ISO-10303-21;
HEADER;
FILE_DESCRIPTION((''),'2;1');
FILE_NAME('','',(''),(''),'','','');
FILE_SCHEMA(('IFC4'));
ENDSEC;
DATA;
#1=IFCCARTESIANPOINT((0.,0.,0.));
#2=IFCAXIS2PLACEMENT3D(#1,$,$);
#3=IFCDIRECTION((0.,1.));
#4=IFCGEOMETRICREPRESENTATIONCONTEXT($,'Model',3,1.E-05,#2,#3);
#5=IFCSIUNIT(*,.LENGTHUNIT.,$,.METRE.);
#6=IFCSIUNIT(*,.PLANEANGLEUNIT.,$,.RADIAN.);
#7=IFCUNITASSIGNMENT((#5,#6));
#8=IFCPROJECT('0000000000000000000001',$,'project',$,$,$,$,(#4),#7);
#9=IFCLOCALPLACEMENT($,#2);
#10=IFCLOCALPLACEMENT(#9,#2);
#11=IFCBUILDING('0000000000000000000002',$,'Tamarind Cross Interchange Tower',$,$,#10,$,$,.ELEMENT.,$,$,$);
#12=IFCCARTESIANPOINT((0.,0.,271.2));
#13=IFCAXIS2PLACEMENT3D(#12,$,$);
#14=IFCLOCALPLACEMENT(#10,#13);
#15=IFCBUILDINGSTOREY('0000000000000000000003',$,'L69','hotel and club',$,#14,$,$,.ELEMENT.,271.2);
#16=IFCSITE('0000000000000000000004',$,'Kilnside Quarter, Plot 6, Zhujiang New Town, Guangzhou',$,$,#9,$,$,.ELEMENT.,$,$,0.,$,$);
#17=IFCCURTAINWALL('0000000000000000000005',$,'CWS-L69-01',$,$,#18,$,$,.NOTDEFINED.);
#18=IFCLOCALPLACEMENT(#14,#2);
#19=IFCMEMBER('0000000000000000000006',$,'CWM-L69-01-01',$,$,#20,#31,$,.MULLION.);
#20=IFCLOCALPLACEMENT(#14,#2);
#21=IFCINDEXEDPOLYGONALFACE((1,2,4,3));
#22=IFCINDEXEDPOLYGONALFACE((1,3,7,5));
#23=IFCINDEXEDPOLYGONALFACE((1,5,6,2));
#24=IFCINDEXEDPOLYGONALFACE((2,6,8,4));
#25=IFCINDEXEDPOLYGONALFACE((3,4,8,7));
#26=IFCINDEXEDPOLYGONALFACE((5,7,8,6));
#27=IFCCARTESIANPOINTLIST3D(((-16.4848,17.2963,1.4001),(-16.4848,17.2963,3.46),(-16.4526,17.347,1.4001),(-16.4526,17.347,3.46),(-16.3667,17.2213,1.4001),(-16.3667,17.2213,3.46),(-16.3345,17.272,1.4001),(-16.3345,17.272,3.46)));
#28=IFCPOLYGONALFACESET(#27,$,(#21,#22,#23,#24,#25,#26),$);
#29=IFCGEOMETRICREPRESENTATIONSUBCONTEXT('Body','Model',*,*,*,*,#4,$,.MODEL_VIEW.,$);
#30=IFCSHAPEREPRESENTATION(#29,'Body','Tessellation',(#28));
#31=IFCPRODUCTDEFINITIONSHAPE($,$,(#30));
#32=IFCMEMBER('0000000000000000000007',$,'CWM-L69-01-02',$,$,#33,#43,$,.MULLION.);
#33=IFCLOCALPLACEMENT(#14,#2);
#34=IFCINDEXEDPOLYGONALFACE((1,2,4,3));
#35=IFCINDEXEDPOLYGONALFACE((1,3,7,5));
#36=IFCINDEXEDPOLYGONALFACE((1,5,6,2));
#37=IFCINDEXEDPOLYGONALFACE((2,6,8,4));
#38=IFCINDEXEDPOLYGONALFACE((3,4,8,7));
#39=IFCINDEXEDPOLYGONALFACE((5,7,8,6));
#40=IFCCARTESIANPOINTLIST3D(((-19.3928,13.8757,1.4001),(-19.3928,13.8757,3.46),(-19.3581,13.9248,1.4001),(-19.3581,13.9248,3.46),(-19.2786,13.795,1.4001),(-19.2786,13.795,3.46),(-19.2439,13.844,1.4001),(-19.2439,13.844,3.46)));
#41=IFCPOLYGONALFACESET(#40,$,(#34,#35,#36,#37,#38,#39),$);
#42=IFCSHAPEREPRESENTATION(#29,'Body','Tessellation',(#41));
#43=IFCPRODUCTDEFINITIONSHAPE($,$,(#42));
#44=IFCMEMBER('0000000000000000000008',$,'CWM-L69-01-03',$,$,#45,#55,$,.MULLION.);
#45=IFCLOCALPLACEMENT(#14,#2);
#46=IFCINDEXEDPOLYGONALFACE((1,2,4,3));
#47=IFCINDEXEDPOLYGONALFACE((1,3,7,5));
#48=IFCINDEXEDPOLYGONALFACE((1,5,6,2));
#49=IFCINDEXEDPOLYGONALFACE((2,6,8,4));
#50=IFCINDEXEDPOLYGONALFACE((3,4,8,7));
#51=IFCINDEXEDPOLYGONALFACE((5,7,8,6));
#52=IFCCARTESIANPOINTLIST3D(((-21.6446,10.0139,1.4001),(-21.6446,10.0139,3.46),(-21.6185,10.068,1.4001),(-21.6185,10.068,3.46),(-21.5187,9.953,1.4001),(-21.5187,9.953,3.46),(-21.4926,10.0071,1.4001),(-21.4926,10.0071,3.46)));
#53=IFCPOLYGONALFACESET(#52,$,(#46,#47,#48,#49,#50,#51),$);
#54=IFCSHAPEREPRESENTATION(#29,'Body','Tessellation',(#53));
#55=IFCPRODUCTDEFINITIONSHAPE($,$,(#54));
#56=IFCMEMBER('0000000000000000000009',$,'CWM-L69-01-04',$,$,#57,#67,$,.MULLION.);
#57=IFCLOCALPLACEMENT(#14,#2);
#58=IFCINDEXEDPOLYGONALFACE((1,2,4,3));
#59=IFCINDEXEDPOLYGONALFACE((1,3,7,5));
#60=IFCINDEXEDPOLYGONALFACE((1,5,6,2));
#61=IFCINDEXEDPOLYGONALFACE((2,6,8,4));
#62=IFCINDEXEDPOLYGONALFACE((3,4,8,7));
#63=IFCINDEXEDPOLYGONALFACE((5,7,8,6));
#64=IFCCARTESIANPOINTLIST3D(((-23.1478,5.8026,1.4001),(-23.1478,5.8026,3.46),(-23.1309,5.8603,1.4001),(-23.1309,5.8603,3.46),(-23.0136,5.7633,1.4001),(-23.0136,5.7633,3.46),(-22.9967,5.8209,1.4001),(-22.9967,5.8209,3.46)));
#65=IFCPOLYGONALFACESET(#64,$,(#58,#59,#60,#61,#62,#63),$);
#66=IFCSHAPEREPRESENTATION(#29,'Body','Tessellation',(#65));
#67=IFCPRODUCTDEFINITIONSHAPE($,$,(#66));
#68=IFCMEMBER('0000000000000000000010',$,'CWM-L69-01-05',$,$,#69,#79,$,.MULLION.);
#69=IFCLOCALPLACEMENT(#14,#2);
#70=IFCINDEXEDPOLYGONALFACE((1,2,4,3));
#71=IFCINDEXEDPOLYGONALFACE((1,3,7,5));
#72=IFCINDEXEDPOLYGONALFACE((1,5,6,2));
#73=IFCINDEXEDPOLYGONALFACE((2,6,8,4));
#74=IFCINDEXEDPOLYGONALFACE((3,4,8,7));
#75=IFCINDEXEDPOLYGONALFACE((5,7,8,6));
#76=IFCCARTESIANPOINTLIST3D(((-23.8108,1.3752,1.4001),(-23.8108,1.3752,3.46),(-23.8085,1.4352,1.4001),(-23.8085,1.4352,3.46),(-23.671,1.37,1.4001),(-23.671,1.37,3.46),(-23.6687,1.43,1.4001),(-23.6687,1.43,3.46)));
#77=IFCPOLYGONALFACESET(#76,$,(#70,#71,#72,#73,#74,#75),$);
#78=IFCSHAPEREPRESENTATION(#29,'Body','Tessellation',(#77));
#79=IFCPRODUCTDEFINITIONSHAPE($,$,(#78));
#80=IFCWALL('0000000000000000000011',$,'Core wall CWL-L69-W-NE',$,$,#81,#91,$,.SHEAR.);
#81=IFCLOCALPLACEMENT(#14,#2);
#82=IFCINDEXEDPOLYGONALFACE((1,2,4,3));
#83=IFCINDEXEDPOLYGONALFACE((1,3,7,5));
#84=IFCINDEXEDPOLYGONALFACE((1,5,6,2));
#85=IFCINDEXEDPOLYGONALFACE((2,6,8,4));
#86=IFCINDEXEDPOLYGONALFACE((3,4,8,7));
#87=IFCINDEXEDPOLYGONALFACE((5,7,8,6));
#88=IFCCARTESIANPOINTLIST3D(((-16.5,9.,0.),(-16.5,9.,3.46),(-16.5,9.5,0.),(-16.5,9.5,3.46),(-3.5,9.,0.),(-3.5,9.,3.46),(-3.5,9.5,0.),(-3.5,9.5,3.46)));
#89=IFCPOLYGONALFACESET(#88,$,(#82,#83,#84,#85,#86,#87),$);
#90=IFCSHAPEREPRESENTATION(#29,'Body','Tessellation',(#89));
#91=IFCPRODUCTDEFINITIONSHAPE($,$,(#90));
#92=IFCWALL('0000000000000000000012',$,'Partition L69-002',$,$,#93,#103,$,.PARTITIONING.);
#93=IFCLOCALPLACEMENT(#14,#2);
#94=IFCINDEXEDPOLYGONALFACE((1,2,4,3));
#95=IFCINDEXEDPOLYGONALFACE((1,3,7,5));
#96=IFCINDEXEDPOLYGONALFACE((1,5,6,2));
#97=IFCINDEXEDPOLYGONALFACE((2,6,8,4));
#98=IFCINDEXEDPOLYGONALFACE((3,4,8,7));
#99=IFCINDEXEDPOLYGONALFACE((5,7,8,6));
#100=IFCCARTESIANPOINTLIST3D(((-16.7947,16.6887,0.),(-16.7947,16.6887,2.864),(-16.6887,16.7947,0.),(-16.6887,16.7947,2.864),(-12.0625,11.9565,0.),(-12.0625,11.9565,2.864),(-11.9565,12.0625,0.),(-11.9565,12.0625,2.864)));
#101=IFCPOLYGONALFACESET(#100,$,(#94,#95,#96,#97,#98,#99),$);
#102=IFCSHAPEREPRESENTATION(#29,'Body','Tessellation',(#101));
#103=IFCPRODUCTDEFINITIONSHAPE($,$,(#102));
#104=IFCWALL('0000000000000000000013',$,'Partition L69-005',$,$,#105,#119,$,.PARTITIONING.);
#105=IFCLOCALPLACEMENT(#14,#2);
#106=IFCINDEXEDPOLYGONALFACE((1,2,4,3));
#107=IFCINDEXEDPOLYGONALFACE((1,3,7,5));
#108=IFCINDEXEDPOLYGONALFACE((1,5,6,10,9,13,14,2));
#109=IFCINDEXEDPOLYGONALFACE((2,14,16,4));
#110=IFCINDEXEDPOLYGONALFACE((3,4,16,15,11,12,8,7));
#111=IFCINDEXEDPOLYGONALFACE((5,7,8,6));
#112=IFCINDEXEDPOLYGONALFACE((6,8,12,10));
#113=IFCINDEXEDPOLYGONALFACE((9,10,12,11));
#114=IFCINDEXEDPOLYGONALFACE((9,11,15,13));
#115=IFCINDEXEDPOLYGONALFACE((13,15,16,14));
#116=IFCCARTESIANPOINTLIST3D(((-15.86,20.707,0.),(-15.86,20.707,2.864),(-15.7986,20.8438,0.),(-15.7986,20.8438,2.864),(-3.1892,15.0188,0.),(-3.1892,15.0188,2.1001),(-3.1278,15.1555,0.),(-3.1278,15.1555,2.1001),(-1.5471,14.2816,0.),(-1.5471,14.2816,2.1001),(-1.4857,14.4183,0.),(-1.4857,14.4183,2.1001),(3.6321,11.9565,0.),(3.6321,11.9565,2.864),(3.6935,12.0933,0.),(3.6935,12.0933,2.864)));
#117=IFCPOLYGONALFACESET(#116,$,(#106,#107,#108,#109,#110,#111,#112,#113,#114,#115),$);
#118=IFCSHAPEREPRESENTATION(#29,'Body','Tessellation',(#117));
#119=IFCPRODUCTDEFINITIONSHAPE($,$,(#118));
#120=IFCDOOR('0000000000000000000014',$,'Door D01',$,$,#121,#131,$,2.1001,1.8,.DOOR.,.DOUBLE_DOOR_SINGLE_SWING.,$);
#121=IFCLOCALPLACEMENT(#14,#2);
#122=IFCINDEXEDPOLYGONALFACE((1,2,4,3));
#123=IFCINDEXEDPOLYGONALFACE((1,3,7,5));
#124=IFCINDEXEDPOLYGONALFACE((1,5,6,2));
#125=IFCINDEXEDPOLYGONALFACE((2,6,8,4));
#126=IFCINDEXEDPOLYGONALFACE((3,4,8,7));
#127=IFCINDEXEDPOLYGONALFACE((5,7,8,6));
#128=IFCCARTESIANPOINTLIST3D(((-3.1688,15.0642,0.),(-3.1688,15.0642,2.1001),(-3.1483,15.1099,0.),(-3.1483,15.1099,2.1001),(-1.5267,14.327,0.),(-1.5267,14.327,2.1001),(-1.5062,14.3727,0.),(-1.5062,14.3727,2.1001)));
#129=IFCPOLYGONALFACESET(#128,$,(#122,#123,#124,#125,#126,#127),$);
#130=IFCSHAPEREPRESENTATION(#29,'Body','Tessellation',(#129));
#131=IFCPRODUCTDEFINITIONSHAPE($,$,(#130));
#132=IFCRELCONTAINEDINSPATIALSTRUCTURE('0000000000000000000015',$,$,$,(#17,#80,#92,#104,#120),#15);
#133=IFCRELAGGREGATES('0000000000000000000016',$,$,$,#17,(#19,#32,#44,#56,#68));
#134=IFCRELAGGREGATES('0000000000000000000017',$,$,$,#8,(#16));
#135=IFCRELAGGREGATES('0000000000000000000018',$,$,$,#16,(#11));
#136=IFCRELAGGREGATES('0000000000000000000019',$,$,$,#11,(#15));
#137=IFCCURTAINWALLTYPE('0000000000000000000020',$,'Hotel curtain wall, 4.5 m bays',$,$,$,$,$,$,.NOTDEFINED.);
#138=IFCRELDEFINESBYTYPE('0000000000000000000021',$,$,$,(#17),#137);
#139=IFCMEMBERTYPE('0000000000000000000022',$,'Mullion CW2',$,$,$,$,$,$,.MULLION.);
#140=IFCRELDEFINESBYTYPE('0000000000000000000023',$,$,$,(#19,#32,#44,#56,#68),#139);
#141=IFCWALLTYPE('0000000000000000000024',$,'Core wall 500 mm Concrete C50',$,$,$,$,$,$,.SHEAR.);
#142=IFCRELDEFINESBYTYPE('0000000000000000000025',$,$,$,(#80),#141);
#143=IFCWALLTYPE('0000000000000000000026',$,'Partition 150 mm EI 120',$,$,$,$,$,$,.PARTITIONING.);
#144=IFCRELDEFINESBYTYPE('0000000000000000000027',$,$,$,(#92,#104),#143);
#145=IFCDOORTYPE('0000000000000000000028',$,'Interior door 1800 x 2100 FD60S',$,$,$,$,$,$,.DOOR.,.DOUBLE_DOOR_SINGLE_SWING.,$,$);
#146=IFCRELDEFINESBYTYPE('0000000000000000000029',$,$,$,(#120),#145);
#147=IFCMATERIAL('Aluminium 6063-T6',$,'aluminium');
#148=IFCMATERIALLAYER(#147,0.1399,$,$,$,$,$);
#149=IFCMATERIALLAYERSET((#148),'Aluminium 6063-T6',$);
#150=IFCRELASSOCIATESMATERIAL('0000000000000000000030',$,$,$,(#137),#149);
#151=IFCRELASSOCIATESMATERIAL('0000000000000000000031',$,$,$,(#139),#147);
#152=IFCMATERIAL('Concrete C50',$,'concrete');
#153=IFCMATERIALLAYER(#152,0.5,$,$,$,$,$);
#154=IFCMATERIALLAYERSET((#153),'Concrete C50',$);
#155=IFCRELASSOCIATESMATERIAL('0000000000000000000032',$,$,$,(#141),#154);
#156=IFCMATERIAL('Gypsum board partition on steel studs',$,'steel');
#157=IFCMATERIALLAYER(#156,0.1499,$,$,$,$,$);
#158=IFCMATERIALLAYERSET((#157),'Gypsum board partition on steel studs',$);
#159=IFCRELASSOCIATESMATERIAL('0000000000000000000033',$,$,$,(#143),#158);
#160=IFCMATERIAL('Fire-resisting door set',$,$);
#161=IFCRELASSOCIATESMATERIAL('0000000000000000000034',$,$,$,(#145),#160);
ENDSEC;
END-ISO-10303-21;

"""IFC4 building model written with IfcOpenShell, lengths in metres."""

from ifc_helpers import new_model, si_unit, direction, frame, frame_2d, origin, origin_2d, place, context, subcontext, project, spatial, rectangle, extrude, material, layer, layer_set, material_profile, profile_set, type_object, element, fill, aggregate, save


model = new_model("IFC4")

# Units and contexts
model_context = context("Model", 3, precision=1e-05, world=origin(), true_north=direction((0.0, 1.0)))
body_context = subcontext(model_context, "Body", "Model", "MODEL_VIEW")
ifc_project = project(units=[si_unit("LENGTHUNIT", "METRE"), si_unit("PLANEANGLEUNIT", "RADIAN")], contexts=[model_context])

# Site, building, storey
site_placement = place(None, origin())
site = spatial("IfcSite", under=ifc_project, at=site_placement, Name="Kilnside Quarter, Plot 6, Zhujiang New Town, Guangzhou", CompositionType="ELEMENT", RefElevation=0.0)
building_placement = place(site_placement, origin())
building = spatial("IfcBuilding", under=site, at=building_placement, Name="Tamarind Cross Interchange Tower", CompositionType="ELEMENT")
storey_placement = place(building_placement, frame((0.0, 0.0, 271.2)))
storey = spatial("IfcBuildingStorey", under=building, at=storey_placement, Name="L69", Description="hotel and club", CompositionType="ELEMENT", Elevation=271.2)

# Curtain wall, members
ifc_material_1 = material(Name="Aluminium 6063-T6", Category="aluminium")
ifc_layer_1 = layer(ifc_material_1, 0.1399)
ifc_layer_set_1 = layer_set([ifc_layer_1], Name="Aluminium 6063-T6")
curtain_wall_type = type_object("IfcCurtainWallType", Name="Hotel curtain wall, 4.5 m bays", PredefinedType="NOTDEFINED", material=ifc_layer_set_1)
curtain_wall_placement = place(storey_placement, origin())
curtain_wall = element("IfcCurtainWall", 1, at=curtain_wall_placement, inside=storey, type_object=curtain_wall_type, Name="CWS-L69-01", PredefinedType="NOTDEFINED")
ifc_material_profile_1 = material_profile(ifc_material_1, rectangle(XDim=0.0601, YDim=0.1399, at=origin_2d()), Name="Mullion CW2")
ifc_profile_set_1 = profile_set([ifc_material_profile_1], Name="Aluminium 6063-T6")
member_type = type_object("IfcMemberType", Name="Mullion CW2", PredefinedType="MULLION", material=ifc_profile_set_1)
member_1_placement = place(storey_placement, frame((-16.4097, 17.2842, 1.4001), z_axis=(0.0, 0.0, 1.0), x_axis=(-0.536024, -0.844203, 0.0)))
member_1 = element("IfcMember", 2, at=member_1_placement, type_object=member_type, Name="CWM-L69-01-01", PredefinedType="MULLION", context=body_context, shape_type="SweptSolid", body=[
    extrude(rectangle(XDim=0.0601, YDim=0.1399, at=origin_2d()), origin(), (0.0, 0.0, 1.0), 2.0598),
])
member_2_placement = place(storey_placement, frame((-19.3184, 13.8599, 1.4001), z_axis=(0.0, 0.0, 1.0), x_axis=(-0.577569, -0.816342, 0.0)))
member_2 = element("IfcMember", 3, at=member_2_placement, type_object=member_type, Name="CWM-L69-01-02", PredefinedType="MULLION", context=body_context, shape_type="SweptSolid", body=[
    extrude(rectangle(XDim=0.0601, YDim=0.1399, at=origin_2d()), origin(), (0.0, 0.0, 1.0), 2.0598),
])
member_3_placement = place(storey_placement, frame((-21.5686, 10.0105, 1.4001), z_axis=(0.0, 0.0, 1.0), x_axis=(-0.435326, -0.900273, 0.0)))
member_3 = element("IfcMember", 4, at=member_3_placement, type_object=member_type, Name="CWM-L69-01-03", PredefinedType="MULLION", context=body_context, shape_type="SweptSolid", body=[
    extrude(rectangle(XDim=0.0601, YDim=0.1399, at=origin_2d()), origin(), (0.0, 0.0, 1.0), 2.0598),
])
member_4_placement = place(storey_placement, frame((-23.0723, 5.8118, 1.4001), z_axis=(0.0, 0.0, 1.0), x_axis=(-0.281209, -0.959647, 0.0)))
member_4 = element("IfcMember", 5, at=member_4_placement, type_object=member_type, Name="CWM-L69-01-04", PredefinedType="MULLION", context=body_context, shape_type="SweptSolid", body=[
    extrude(rectangle(XDim=0.0601, YDim=0.1399, at=origin_2d()), origin(), (0.0, 0.0, 1.0), 2.0598),
])
member_5_placement = place(storey_placement, frame((-23.7397, 1.4026, 1.4001), z_axis=(0.0, 0.0, 1.0), x_axis=(-0.037025, -0.999314, 0.0)))
member_5 = element("IfcMember", 6, at=member_5_placement, type_object=member_type, Name="CWM-L69-01-05", PredefinedType="MULLION", context=body_context, shape_type="SweptSolid", body=[
    extrude(rectangle(XDim=0.0601, YDim=0.1399, at=origin_2d()), origin(), (0.0, 0.0, 1.0), 2.0598),
])
aggregate(curtain_wall, [member_1, member_2, member_3, member_4, member_5])

# Walls
ifc_material_2 = material(Name="Concrete C50", Category="concrete")
ifc_layer_2 = layer(ifc_material_2, 0.5)
ifc_layer_set_2 = layer_set([ifc_layer_2], Name="Concrete C50")
wall_type_1 = type_object("IfcWallType", Name="Core wall 500 mm Concrete C50", PredefinedType="SHEAR", material=ifc_layer_set_2)
wall_1_placement = place(storey_placement, frame((-16.5, 9.25, 0.0), z_axis=(0.0, 0.0, 1.0), x_axis=(1.0, 0.0, 0.0)))
element("IfcWall", 7, at=wall_1_placement, inside=storey, type_object=wall_type_1, Name="Core wall CWL-L69-W-NE", PredefinedType="SHEAR", context=body_context, shape_type="SweptSolid", body=[
    extrude(rectangle(XDim=13.0, YDim=0.5, at=frame_2d((6.5, 0.0))), origin(), (0.0, 0.0, 1.0), 3.46),
])
ifc_material_3 = material(Name="Gypsum board partition on steel studs", Category="steel")
ifc_layer_3 = layer(ifc_material_3, 0.1499)
ifc_layer_set_3 = layer_set([ifc_layer_3], Name="Gypsum board partition on steel studs")
wall_type_2 = type_object("IfcWallType", Name="Partition 150 mm EI 120", PredefinedType="PARTITIONING", material=ifc_layer_set_3)
wall_2_placement = place(storey_placement, frame((-16.7417, 16.7417, 0.0), z_axis=(0.0, 0.0, 1.0), x_axis=(0.707107, -0.707107, 0.0)))
element("IfcWall", 8, at=wall_2_placement, inside=storey, type_object=wall_type_2, Name="Partition L69-002", PredefinedType="PARTITIONING", context=body_context, shape_type="SweptSolid", body=[
    extrude(rectangle(XDim=6.6924, YDim=0.1499, at=frame_2d((3.3462, 0.0))), origin(), (0.0, 0.0, 1.0), 2.864),
])

# Wall, opening, door
wall_3_placement = place(storey_placement, frame((-15.8293, 20.7754, 0.0), z_axis=(0.0, 0.0, 1.0), x_axis=(0.912289, -0.409547, 0.0)))
wall_3 = element("IfcWall", 9, at=wall_3_placement, inside=storey, type_object=wall_type_2, Name="Partition L69-005", PredefinedType="PARTITIONING", context=body_context, shape_type="SweptSolid", body=[
    extrude(rectangle(XDim=21.3662, YDim=0.1499, at=frame_2d((10.6831, 0.0))), origin(), (0.0, 0.0, 1.0), 2.864),
])
opening_1_placement = place(wall_3_placement, frame((13.8892, 0.0, 0.0)))
opening_1 = element("IfcOpeningElement", 10, at=opening_1_placement, cuts=wall_3, PredefinedType="OPENING", context=body_context, shape_type="SweptSolid", body=[
    extrude(rectangle(XDim=1.8, YDim=2.1001, at=frame_2d((0.8999, 1.05))), frame((0.0, 0.085, 0.0), z_axis=(0.0, -1.0, 0.0), x_axis=(1.0, 0.0, 0.0)), (0.0, 0.0, 1.0), 0.1699),
])
ifc_material_4 = material(Name="Fire-resisting door set")
door_type_1 = type_object("IfcDoorType", Name="Interior door 1800 x 2100 FD60S", OperationType="DOUBLE_DOOR_SINGLE_SWING", PredefinedType="DOOR", material=ifc_material_4)
door_1_placement = place(opening_1_placement, origin())
door_1 = element("IfcDoor", 11, at=door_1_placement, inside=storey, type_object=door_type_1, Name="Door D01", OperationType="DOUBLE_DOOR_SINGLE_SWING", OverallHeight=2.1001, OverallWidth=1.8, PredefinedType="DOOR", context=body_context, shape_type="SweptSolid", body=[
    extrude(rectangle(XDim=1.8, YDim=2.1001, at=frame_2d((0.8999, 1.05))), frame((0.0, 0.0249, 0.0), z_axis=(0.0, -1.0, 0.0), x_axis=(1.0, 0.0, 0.0)), (0.0, 0.0, 1.0), 0.05),
])
fill(opening_1, door_1)

save(model, "model.ifc")
